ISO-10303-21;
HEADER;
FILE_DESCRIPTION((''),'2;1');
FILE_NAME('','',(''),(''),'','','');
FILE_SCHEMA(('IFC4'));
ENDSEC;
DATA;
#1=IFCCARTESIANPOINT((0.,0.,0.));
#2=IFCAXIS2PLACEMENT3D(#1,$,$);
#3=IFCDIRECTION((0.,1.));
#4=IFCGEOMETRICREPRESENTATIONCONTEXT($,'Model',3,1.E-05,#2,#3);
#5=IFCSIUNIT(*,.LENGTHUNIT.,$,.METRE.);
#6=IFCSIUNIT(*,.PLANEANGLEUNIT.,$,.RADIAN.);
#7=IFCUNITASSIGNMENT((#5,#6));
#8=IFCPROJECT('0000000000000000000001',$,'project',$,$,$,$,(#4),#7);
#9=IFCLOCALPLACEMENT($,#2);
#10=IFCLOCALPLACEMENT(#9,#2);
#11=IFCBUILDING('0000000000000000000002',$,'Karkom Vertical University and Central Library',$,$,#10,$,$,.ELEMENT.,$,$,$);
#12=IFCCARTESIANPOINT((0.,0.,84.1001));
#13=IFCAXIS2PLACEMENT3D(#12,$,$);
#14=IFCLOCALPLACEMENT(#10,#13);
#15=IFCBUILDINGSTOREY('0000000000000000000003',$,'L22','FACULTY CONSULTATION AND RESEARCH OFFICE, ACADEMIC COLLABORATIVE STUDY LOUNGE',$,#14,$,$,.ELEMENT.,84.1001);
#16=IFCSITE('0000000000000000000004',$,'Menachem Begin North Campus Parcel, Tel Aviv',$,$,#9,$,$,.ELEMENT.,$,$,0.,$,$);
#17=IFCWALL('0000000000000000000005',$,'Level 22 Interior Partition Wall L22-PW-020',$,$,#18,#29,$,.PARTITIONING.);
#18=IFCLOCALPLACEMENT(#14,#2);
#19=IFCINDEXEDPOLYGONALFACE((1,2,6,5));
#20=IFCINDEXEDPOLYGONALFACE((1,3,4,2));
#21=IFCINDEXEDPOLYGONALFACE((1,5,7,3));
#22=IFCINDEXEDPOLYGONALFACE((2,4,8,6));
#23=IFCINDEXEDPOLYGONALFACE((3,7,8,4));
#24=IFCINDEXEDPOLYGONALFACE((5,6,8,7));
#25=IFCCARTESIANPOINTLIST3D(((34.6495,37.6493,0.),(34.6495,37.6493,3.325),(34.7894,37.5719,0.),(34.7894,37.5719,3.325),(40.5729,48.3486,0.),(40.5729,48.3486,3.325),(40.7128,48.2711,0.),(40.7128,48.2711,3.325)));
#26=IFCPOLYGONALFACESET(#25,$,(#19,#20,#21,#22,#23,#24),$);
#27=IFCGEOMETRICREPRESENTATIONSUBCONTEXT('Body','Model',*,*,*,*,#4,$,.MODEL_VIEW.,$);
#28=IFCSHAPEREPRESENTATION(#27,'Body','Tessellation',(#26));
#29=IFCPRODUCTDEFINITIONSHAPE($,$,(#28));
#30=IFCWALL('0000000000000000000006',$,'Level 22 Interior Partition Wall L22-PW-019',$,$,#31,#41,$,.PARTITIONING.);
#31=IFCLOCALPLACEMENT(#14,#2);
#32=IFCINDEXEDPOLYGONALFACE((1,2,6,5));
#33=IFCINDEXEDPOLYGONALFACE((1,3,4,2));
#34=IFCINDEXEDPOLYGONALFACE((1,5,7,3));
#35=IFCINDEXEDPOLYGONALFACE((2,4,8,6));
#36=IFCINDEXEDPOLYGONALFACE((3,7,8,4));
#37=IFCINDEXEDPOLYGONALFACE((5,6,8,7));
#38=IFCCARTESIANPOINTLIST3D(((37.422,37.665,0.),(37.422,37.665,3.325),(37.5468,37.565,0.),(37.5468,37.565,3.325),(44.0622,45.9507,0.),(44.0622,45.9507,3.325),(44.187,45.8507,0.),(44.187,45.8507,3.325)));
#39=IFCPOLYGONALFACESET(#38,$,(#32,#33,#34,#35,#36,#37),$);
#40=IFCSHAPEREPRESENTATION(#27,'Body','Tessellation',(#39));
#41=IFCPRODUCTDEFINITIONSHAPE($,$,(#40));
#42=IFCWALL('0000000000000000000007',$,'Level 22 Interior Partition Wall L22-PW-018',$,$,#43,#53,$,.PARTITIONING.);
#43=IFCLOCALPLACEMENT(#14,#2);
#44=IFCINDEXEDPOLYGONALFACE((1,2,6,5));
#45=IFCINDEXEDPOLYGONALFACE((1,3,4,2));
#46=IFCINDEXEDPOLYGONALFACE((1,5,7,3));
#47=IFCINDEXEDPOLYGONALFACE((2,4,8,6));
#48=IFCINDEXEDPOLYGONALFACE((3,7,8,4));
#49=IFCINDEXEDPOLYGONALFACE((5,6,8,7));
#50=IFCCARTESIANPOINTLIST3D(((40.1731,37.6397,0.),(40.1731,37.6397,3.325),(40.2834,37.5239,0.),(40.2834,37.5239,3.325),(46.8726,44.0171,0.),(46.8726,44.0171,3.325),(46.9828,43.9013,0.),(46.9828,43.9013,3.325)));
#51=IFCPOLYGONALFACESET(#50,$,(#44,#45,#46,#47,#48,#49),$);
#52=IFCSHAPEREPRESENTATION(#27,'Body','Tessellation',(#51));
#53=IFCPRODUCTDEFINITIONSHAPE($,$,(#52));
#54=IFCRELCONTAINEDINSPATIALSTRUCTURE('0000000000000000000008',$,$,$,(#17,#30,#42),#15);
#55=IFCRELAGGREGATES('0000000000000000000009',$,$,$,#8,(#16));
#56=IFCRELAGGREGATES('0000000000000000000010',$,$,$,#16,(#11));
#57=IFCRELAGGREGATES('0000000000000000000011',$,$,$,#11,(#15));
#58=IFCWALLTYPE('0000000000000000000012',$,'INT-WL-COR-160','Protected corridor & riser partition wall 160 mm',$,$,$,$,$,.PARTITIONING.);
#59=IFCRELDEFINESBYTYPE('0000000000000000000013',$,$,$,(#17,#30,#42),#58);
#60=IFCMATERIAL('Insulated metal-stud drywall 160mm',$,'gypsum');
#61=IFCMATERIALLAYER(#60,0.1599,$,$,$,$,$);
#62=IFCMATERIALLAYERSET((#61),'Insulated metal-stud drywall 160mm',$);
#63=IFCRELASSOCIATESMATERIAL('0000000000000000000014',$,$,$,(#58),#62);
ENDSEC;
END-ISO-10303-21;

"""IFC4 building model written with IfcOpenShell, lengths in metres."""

from ifc_helpers import new_model, si_unit, direction, frame, frame_2d, origin, place, context, subcontext, project, spatial, rectangle, extrude, material, layer, layer_set, type_object, element, save


model = new_model("IFC4")

# Units and contexts
model_context = context("Model", 3, precision=1e-05, world=origin(), true_north=direction((0.0, 1.0)))
body_context = subcontext(model_context, "Body", "Model", "MODEL_VIEW")
ifc_project = project(units=[si_unit("LENGTHUNIT", "METRE"), si_unit("PLANEANGLEUNIT", "RADIAN")], contexts=[model_context])

# Site, building, storey
site_placement = place(None, origin())
site = spatial("IfcSite", under=ifc_project, at=site_placement, Name="Menachem Begin North Campus Parcel, Tel Aviv", CompositionType="ELEMENT", RefElevation=0.0)
building_placement = place(site_placement, origin())
building = spatial("IfcBuilding", under=site, at=building_placement, Name="Karkom Vertical University and Central Library", CompositionType="ELEMENT")
storey_placement = place(building_placement, frame((0.0, 0.0, 84.1001)))
storey = spatial("IfcBuildingStorey", under=building, at=storey_placement, Name="L22", Description="FACULTY CONSULTATION AND RESEARCH OFFICE, ACADEMIC COLLABORATIVE STUDY LOUNGE", CompositionType="ELEMENT", Elevation=84.1001)

# Shared definitions
ifc_material_1 = material(Name="Insulated metal-stud drywall 160mm", Category="gypsum")
ifc_layer_1 = layer(ifc_material_1, 0.1599)
ifc_layer_set_1 = layer_set([ifc_layer_1], Name="Insulated metal-stud drywall 160mm")
wall_type_1 = type_object("IfcWallType", Name="INT-WL-COR-160", Description="Protected corridor & riser partition wall 160 mm", PredefinedType="PARTITIONING", material=ifc_layer_set_1)

# Walls
wall_1_placement = place(storey_placement, frame((34.7195, 37.6106, 0.0), z_axis=(0.0, 0.0, 1.0), x_axis=(0.484351, 0.874874, 0.0)))
element("IfcWall", 1, at=wall_1_placement, inside=storey, type_object=wall_type_1, Name="Level 22 Interior Partition Wall L22-PW-020", PredefinedType="PARTITIONING", context=body_context, shape_type="SweptSolid", body=[
    extrude(rectangle(XDim=12.2295, YDim=0.1599, at=frame_2d((6.1147, 0.0))), origin(), (0.0, 0.0, 1.0), 3.325),
])
wall_2_placement = place(storey_placement, frame((37.4844, 37.615, 0.0), z_axis=(0.0, 0.0, 1.0), x_axis=(0.625362, 0.780335, 0.0)))
element("IfcWall", 2, at=wall_2_placement, inside=storey, type_object=wall_type_1, Name="Level 22 Interior Partition Wall L22-PW-019", PredefinedType="PARTITIONING", context=body_context, shape_type="SweptSolid", body=[
    extrude(rectangle(XDim=10.6182, YDim=0.1599, at=frame_2d((5.3091, 0.0))), origin(), (0.0, 0.0, 1.0), 3.325),
])
wall_3_placement = place(storey_placement, frame((40.2283, 37.5818, 0.0), z_axis=(0.0, 0.0, 1.0), x_axis=(0.7243, 0.689485, 0.0)))
element("IfcWall", 3, at=wall_3_placement, inside=storey, type_object=wall_type_1, Name="Level 22 Interior Partition Wall L22-PW-018", PredefinedType="PARTITIONING", context=body_context, shape_type="SweptSolid", body=[
    extrude(rectangle(XDim=9.2495, YDim=0.1599, at=frame_2d((4.6248, 0.0))), origin(), (0.0, 0.0, 1.0), 3.325),
])

save(model, "model.ifc")
